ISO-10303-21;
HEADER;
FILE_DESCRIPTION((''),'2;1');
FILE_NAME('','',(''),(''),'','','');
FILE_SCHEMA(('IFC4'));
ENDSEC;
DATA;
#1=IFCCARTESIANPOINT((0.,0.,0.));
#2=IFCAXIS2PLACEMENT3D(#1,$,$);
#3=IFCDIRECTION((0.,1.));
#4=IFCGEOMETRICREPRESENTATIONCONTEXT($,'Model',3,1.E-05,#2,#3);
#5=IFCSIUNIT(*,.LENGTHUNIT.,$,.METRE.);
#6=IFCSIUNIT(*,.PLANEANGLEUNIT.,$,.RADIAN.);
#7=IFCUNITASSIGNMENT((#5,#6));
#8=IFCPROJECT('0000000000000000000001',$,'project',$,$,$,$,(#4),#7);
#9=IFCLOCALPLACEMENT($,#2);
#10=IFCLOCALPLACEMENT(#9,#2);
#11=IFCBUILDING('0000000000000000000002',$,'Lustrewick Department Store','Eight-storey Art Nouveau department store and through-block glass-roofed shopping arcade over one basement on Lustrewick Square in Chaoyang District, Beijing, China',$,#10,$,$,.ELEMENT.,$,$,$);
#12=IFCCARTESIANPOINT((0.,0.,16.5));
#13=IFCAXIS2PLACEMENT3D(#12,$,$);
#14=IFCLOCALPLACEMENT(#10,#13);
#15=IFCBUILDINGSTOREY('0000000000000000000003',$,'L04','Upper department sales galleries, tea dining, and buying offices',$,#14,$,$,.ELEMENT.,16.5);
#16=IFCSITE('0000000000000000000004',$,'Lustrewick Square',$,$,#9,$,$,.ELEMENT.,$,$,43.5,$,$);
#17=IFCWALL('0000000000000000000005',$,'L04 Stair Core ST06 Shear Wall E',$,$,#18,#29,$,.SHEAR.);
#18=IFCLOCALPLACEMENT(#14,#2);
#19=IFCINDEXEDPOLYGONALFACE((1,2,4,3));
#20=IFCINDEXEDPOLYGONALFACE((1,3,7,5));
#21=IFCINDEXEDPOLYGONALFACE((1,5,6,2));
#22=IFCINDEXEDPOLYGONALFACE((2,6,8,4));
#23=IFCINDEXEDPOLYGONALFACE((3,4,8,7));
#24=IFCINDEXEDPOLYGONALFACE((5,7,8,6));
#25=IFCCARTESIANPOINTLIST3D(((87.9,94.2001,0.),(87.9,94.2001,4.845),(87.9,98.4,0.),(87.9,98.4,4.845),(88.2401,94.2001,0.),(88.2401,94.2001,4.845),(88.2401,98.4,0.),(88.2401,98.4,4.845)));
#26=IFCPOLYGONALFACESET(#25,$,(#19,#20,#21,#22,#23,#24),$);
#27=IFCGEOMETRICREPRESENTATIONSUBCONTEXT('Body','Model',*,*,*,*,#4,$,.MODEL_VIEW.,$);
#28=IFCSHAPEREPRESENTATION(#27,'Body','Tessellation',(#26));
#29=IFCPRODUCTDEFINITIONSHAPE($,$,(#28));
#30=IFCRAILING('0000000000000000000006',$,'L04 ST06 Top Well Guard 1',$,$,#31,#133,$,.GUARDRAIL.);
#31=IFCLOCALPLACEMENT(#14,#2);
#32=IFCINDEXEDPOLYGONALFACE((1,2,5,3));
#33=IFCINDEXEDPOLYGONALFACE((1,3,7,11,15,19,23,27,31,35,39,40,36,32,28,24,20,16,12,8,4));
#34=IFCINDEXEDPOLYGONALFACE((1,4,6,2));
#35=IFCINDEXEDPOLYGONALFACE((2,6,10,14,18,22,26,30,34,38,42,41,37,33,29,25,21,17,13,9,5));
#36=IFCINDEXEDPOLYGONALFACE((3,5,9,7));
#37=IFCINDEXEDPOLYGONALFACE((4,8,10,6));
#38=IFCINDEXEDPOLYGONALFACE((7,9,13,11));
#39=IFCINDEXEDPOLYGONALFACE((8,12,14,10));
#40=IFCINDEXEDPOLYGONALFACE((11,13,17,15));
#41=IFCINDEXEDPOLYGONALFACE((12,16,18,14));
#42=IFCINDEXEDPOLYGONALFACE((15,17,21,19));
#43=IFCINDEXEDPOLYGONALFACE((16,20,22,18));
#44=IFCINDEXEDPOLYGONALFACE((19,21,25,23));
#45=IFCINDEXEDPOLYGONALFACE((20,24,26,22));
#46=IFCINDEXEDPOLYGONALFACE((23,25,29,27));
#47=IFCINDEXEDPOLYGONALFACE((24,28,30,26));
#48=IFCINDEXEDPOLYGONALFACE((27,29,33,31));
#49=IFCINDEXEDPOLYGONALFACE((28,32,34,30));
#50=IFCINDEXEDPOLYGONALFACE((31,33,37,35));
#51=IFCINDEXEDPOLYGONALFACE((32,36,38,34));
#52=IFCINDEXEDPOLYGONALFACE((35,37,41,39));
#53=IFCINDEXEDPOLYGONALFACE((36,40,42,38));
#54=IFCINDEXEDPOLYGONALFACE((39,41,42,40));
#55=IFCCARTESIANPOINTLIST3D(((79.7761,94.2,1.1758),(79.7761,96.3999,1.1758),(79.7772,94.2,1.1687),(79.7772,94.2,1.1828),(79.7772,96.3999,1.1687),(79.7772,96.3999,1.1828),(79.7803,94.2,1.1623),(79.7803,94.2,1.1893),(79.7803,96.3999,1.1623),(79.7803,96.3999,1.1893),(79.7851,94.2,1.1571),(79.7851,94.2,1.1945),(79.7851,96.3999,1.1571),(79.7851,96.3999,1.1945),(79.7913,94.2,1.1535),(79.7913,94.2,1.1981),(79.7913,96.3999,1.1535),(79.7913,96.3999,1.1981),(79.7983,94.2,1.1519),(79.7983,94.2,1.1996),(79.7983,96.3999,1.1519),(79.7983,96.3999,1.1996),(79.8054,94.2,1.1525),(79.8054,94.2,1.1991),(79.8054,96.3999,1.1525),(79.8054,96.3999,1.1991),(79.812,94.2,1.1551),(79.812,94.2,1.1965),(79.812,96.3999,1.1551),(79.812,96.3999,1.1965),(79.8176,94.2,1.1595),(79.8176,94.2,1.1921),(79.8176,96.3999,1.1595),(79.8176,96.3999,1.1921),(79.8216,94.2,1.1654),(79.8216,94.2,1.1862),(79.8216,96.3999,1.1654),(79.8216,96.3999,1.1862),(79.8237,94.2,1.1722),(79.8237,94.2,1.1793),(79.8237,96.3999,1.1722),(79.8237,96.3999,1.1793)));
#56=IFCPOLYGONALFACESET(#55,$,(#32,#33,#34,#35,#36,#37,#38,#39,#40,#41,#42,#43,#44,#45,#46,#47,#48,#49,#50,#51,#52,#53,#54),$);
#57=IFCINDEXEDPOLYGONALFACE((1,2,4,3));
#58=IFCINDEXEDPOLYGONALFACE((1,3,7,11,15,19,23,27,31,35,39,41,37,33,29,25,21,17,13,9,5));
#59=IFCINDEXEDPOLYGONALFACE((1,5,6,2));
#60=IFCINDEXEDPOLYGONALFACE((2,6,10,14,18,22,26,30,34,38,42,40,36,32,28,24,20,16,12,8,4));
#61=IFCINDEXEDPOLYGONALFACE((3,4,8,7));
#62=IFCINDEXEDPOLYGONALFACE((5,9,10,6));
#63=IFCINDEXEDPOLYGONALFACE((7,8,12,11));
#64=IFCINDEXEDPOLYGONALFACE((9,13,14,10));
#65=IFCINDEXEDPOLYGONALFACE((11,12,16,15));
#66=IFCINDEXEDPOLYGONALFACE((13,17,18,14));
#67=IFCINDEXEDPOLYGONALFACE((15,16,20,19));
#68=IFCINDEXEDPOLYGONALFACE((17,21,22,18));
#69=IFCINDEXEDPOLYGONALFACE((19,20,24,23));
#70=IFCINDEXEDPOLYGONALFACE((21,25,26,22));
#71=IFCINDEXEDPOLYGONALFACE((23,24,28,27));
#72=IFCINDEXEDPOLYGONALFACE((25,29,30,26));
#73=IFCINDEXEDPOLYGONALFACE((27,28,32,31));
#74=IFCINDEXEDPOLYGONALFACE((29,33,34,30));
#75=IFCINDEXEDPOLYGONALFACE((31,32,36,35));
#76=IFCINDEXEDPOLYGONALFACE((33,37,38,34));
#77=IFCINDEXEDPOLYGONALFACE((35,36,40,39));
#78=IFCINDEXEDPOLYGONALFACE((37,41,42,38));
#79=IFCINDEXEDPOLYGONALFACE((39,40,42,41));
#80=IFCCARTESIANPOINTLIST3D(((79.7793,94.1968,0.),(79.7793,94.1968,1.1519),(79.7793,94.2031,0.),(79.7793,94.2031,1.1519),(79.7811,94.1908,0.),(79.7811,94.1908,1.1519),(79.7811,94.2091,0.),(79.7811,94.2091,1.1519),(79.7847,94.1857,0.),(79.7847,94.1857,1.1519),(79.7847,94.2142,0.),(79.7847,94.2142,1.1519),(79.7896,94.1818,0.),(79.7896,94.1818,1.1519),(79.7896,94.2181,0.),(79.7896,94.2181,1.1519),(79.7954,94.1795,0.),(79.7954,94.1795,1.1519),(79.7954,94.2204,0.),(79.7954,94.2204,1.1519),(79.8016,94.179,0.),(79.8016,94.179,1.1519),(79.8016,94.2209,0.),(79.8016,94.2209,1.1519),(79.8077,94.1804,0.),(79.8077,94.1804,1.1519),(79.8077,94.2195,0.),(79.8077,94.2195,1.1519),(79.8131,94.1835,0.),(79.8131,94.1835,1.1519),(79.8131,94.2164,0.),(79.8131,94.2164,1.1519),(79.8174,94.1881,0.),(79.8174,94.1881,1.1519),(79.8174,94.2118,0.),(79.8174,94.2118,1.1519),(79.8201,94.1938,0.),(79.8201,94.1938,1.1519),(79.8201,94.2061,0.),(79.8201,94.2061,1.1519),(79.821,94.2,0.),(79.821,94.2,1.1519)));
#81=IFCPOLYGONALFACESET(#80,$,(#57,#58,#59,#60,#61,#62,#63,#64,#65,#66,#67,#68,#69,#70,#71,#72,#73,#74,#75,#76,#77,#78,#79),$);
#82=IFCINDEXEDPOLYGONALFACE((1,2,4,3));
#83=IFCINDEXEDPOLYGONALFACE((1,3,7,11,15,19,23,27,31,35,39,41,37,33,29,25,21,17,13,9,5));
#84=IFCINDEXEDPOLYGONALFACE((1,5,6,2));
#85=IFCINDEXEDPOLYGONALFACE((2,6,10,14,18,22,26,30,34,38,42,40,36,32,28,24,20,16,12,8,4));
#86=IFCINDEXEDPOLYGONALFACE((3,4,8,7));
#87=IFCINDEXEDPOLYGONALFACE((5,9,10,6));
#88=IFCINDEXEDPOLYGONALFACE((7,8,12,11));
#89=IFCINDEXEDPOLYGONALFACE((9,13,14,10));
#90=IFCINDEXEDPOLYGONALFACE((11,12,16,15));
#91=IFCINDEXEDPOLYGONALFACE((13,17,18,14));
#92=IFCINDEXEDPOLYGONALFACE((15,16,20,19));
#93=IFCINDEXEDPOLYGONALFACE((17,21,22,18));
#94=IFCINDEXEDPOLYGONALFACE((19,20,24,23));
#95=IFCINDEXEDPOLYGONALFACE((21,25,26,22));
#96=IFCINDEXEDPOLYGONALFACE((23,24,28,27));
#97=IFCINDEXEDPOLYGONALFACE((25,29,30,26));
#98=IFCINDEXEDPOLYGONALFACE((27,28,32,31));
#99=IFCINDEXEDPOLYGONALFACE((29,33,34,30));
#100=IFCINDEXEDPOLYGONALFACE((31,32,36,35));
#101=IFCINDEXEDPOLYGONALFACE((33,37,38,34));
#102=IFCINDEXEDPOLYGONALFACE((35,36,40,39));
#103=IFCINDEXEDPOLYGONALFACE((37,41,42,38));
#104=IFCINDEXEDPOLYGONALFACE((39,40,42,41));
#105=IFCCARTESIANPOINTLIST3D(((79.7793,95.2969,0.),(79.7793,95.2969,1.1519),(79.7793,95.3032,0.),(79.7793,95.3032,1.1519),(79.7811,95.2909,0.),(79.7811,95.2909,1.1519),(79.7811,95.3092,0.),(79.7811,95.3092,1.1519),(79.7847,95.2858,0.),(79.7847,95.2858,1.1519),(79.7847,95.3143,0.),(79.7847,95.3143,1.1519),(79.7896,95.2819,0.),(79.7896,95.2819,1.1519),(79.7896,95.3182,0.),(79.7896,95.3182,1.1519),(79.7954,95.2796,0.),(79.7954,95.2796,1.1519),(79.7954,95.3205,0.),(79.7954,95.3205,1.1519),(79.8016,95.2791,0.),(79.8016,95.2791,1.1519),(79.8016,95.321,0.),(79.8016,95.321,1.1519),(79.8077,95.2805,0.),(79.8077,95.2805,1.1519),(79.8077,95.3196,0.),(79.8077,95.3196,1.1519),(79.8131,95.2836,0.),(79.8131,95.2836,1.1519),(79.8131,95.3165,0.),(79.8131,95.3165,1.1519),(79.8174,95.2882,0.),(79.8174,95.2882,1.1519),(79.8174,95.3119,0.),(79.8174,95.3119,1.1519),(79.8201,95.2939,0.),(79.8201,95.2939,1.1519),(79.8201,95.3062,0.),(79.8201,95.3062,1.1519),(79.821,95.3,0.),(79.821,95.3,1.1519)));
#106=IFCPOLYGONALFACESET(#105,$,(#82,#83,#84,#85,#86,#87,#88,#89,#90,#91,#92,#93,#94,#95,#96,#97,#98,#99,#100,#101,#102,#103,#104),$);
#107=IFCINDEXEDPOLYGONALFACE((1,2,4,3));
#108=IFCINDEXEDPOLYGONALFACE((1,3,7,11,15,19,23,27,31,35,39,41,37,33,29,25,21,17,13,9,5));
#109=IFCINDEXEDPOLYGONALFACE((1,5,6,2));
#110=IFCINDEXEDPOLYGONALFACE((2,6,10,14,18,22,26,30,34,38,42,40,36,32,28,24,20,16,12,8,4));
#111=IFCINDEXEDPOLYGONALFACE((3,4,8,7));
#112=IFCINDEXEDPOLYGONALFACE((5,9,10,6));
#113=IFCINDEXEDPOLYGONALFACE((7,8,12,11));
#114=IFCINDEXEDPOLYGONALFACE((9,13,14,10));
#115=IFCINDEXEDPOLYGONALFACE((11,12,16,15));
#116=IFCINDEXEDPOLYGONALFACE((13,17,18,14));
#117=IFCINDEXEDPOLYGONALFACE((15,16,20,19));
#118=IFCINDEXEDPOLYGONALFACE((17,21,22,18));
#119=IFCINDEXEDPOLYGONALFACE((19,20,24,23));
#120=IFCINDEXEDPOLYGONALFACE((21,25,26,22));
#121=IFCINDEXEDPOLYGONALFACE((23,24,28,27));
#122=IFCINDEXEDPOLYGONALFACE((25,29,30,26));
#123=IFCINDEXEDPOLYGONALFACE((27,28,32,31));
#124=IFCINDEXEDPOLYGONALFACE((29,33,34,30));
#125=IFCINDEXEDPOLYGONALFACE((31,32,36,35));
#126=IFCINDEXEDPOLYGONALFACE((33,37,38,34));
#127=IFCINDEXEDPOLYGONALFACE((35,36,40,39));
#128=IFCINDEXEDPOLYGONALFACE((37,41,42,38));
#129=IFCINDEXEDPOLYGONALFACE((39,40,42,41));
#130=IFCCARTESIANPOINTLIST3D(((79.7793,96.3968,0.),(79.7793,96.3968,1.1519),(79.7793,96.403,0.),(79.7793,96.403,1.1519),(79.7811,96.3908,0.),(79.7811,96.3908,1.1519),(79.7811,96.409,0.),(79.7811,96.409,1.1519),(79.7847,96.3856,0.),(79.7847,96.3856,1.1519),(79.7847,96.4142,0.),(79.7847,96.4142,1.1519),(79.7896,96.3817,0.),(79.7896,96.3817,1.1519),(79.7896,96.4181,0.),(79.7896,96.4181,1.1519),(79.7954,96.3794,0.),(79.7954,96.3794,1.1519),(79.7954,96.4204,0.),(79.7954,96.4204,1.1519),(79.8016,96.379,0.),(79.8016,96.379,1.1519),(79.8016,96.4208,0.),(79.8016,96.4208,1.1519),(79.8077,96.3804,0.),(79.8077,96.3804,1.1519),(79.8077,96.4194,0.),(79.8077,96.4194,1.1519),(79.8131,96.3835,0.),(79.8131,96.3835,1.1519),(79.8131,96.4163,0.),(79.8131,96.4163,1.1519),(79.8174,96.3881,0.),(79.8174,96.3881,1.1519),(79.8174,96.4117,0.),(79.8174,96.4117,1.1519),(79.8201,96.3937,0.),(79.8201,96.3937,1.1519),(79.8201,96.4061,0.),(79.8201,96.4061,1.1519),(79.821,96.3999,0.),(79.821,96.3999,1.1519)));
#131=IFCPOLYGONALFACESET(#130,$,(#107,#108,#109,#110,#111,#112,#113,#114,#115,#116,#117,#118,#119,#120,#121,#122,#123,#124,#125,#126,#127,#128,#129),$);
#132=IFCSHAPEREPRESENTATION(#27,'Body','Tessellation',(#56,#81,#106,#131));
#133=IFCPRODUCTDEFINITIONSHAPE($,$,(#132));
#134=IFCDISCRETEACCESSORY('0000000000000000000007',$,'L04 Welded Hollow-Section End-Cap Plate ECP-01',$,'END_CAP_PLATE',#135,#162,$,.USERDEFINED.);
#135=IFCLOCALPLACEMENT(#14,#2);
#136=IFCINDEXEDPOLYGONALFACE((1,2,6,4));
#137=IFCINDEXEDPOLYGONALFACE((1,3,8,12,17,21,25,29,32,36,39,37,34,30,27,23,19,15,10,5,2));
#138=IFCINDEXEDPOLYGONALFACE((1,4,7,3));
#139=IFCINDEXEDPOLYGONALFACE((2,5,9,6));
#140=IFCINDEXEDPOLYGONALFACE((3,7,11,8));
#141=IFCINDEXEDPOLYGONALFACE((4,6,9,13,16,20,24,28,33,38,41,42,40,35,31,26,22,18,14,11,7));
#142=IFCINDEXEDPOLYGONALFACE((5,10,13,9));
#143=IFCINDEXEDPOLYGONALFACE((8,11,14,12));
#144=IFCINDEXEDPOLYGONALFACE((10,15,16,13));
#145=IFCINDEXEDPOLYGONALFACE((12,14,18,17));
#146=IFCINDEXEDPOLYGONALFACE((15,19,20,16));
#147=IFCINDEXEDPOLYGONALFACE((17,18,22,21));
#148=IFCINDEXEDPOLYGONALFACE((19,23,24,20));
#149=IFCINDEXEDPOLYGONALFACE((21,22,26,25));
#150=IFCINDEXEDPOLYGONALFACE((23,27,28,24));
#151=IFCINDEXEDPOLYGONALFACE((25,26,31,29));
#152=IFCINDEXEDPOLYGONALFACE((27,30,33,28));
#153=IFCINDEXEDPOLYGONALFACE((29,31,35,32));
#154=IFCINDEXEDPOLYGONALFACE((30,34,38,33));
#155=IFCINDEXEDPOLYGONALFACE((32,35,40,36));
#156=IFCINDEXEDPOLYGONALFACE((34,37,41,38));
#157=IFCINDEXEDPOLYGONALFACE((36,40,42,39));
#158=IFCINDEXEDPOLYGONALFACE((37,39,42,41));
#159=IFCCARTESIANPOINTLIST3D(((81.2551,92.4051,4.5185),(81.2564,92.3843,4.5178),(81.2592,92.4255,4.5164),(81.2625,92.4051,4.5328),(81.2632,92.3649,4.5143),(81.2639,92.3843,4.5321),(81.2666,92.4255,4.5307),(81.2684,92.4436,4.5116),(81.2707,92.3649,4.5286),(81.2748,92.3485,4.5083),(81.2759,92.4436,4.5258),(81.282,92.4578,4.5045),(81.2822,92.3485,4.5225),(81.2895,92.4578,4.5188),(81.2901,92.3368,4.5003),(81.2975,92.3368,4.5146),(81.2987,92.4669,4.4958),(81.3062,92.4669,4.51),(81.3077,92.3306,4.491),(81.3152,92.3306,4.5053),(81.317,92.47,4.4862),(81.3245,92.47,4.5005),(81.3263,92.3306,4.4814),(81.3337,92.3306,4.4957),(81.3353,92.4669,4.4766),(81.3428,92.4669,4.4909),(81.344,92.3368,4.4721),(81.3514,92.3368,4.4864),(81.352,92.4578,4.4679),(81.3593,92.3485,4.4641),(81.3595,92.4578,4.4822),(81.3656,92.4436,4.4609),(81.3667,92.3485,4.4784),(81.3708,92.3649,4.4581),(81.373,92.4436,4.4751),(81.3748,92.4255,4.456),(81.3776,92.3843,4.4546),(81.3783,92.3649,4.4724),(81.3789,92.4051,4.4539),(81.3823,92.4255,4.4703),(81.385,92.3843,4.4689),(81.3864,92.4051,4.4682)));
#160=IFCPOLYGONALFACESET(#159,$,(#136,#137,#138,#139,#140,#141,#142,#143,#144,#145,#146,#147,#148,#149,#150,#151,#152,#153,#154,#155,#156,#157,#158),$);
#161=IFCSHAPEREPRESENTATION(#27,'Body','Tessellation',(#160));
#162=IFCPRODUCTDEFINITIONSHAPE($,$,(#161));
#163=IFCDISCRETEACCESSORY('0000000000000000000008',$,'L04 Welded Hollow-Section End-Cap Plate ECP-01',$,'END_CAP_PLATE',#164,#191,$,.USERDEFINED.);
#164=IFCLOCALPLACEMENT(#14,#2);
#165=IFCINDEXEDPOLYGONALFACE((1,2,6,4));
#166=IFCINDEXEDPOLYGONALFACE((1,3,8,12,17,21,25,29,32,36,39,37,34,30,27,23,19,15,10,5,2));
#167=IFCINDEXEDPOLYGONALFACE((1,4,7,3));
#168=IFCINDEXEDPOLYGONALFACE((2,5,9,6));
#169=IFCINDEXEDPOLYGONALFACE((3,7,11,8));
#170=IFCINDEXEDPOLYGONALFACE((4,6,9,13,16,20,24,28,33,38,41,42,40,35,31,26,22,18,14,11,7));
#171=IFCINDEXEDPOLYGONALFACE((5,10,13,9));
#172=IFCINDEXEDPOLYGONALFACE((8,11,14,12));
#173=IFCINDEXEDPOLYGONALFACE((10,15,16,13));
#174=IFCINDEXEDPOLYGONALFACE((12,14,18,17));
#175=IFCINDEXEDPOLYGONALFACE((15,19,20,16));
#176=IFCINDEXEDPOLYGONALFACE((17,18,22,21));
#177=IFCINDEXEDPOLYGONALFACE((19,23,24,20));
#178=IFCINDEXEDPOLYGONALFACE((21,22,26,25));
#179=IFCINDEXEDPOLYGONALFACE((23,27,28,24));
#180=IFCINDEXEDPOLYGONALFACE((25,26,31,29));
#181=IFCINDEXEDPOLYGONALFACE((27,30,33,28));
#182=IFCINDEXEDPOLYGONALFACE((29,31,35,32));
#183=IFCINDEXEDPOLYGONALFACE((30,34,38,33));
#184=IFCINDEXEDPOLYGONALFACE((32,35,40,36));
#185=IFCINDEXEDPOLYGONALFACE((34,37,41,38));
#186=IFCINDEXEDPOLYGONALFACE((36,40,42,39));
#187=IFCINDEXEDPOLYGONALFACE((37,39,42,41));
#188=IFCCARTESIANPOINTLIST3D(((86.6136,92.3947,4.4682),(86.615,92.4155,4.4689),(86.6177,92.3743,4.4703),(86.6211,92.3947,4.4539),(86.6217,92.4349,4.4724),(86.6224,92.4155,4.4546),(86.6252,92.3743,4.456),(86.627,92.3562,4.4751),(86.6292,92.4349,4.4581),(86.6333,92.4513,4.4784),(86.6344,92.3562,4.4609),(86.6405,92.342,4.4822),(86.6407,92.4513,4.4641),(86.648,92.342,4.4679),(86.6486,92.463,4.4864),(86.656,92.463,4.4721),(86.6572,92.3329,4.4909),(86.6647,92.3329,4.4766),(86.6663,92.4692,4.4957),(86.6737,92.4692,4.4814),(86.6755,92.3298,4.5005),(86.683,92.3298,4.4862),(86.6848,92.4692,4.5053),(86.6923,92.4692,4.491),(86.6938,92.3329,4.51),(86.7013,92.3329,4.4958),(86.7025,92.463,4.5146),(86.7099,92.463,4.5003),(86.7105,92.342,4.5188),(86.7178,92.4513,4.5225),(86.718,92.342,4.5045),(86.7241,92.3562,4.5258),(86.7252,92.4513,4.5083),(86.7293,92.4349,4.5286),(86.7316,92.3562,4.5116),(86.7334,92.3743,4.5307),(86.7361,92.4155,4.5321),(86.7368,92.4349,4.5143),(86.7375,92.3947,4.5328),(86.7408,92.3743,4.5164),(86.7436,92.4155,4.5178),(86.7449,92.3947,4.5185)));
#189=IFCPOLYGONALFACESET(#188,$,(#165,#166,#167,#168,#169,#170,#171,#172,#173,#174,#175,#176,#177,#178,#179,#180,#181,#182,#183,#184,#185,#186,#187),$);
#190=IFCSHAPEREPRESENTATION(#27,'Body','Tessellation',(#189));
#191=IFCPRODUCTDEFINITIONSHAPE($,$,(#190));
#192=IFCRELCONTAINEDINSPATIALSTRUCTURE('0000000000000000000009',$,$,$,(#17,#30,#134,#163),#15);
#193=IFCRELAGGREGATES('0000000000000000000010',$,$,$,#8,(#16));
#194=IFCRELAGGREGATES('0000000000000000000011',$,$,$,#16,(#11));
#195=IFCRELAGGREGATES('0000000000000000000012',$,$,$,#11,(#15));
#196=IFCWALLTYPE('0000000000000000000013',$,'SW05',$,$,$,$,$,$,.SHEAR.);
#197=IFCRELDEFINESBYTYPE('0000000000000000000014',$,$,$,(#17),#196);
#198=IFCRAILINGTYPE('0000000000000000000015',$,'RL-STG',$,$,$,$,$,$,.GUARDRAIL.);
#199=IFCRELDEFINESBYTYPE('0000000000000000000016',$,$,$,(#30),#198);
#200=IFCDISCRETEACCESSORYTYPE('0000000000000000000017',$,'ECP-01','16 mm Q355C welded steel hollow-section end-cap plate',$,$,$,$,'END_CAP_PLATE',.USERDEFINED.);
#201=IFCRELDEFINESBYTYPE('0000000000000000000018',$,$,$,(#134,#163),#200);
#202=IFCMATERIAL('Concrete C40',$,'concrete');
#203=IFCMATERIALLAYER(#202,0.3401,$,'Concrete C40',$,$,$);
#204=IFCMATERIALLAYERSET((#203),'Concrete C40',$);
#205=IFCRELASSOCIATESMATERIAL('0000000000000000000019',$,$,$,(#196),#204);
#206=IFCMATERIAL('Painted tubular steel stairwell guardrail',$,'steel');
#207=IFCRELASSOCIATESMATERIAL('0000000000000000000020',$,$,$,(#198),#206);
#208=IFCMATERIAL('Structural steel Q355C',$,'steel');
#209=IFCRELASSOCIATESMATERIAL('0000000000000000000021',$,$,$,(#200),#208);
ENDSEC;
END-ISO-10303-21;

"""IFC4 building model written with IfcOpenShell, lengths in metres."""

from ifc_helpers import new_model, si_unit, direction, frame, frame_2d, origin, origin_2d, place, context, subcontext, project, spatial, rectangle, circle, extrude, material, layer, layer_set, type_object, element, save


model = new_model("IFC4")

# Units and contexts
model_context = context("Model", 3, precision=1e-05, world=origin(), true_north=direction((0.0, 1.0)))
body_context = subcontext(model_context, "Body", "Model", "MODEL_VIEW")
ifc_project = project(units=[si_unit("LENGTHUNIT", "METRE"), si_unit("PLANEANGLEUNIT", "RADIAN")], contexts=[model_context])

# Site, building, storey
site_placement = place(None, origin())
site = spatial("IfcSite", under=ifc_project, at=site_placement, Name="Lustrewick Square", CompositionType="ELEMENT", RefElevation=43.5)
building_placement = place(site_placement, origin())
building = spatial("IfcBuilding", under=site, at=building_placement, Name="Lustrewick Department Store", Description="Eight-storey Art Nouveau department store and through-block glass-roofed shopping arcade over one basement on Lustrewick Square in Chaoyang District, Beijing, China", CompositionType="ELEMENT")
storey_placement = place(building_placement, frame((0.0, 0.0, 16.5)))
storey = spatial("IfcBuildingStorey", under=building, at=storey_placement, Name="L04", Description="Upper department sales galleries, tea dining, and buying offices", CompositionType="ELEMENT", Elevation=16.5)

# Shared definitions
ifc_material_1 = material(Name="Structural steel Q355C", Category="steel")

# Wall
ifc_material_2 = material(Name="Concrete C40", Category="concrete")
ifc_layer_1 = layer(ifc_material_2, 0.3401, Name="Concrete C40")
ifc_layer_set_1 = layer_set([ifc_layer_1], Name="Concrete C40")
wall_type_1 = type_object("IfcWallType", Name="SW05", PredefinedType="SHEAR", material=ifc_layer_set_1)
wall_1_placement = place(storey_placement, frame((88.0701, 94.2, 0.0), z_axis=(0.0, 0.0, 1.0), x_axis=(0.0, 1.0, 0.0)))
element("IfcWall", 1, at=wall_1_placement, inside=storey, type_object=wall_type_1, Name="L04 Stair Core ST06 Shear Wall E", PredefinedType="SHEAR", context=body_context, shape_type="SweptSolid", body=[
    extrude(rectangle(XDim=4.2, YDim=0.3401, at=frame_2d((2.1001, 0.0))), origin(), (0.0, 0.0, 1.0), 4.845),
])

# Railing
ifc_material_3 = material(Name="Painted tubular steel stairwell guardrail", Category="steel")
railing_type = type_object("IfcRailingType", Name="RL-STG", PredefinedType="GUARDRAIL", material=ifc_material_3)
railing_placement = place(storey_placement, frame((79.8, 94.2, 0.0)))
element("IfcRailing", 2, at=railing_placement, inside=storey, type_object=railing_type, Name="L04 ST06 Top Well Guard 1", PredefinedType="GUARDRAIL", context=body_context, shape_type="SweptSolid", body=[
    extrude(circle(Radius=0.0239, at=origin_2d()), frame((0.0, 0.0, 1.1758), z_axis=(0.0, 1.0, 0.0), x_axis=(-1.0, 0.0, 0.0)), (0.0, 0.0, 1.0), 2.2),
    extrude(circle(Radius=0.021, at=origin_2d()), origin(), (0.0, 0.0, 1.0), 1.1519),
    extrude(circle(Radius=0.021, at=origin_2d()), frame((0.0, 1.1001, 0.0)), (0.0, 0.0, 1.0), 1.1519),
    extrude(circle(Radius=0.021, at=origin_2d()), frame((0.0, 2.2, 0.0)), (0.0, 0.0, 1.0), 1.1519),
])

# Discrete accessories
discrete_accessory_type = type_object("IfcDiscreteAccessoryType", Name="ECP-01", Description="16 mm Q355C welded steel hollow-section end-cap plate", ElementType="END_CAP_PLATE", PredefinedType="USERDEFINED", material=ifc_material_1)
for number, where, z_axis, x_axis, name in (
    (3, (81.3245, 92.3999, 4.5005), (-0.462788, 0.0, -0.886469), (0.0, 1.0, 0.0), "L04 Welded Hollow-Section End-Cap Plate ECP-01"),
    (4, (86.6755, 92.3999, 4.5005), (0.462788, 0.0, -0.886469), (0.0, -1.0, 0.0), "L04 Welded Hollow-Section End-Cap Plate ECP-01"),
):
    element("IfcDiscreteAccessory", number, at=place(storey_placement, frame(where, z_axis=z_axis, x_axis=x_axis)), inside=storey, type_object=discrete_accessory_type, Name=name, ObjectType="END_CAP_PLATE", PredefinedType="USERDEFINED", context=body_context, shape_type="SweptSolid", body=[
        extrude(circle(Radius=0.0701, at=origin_2d()), origin(), (0.0, 0.0, 1.0), 0.0161),
    ])

save(model, "model.ifc")
